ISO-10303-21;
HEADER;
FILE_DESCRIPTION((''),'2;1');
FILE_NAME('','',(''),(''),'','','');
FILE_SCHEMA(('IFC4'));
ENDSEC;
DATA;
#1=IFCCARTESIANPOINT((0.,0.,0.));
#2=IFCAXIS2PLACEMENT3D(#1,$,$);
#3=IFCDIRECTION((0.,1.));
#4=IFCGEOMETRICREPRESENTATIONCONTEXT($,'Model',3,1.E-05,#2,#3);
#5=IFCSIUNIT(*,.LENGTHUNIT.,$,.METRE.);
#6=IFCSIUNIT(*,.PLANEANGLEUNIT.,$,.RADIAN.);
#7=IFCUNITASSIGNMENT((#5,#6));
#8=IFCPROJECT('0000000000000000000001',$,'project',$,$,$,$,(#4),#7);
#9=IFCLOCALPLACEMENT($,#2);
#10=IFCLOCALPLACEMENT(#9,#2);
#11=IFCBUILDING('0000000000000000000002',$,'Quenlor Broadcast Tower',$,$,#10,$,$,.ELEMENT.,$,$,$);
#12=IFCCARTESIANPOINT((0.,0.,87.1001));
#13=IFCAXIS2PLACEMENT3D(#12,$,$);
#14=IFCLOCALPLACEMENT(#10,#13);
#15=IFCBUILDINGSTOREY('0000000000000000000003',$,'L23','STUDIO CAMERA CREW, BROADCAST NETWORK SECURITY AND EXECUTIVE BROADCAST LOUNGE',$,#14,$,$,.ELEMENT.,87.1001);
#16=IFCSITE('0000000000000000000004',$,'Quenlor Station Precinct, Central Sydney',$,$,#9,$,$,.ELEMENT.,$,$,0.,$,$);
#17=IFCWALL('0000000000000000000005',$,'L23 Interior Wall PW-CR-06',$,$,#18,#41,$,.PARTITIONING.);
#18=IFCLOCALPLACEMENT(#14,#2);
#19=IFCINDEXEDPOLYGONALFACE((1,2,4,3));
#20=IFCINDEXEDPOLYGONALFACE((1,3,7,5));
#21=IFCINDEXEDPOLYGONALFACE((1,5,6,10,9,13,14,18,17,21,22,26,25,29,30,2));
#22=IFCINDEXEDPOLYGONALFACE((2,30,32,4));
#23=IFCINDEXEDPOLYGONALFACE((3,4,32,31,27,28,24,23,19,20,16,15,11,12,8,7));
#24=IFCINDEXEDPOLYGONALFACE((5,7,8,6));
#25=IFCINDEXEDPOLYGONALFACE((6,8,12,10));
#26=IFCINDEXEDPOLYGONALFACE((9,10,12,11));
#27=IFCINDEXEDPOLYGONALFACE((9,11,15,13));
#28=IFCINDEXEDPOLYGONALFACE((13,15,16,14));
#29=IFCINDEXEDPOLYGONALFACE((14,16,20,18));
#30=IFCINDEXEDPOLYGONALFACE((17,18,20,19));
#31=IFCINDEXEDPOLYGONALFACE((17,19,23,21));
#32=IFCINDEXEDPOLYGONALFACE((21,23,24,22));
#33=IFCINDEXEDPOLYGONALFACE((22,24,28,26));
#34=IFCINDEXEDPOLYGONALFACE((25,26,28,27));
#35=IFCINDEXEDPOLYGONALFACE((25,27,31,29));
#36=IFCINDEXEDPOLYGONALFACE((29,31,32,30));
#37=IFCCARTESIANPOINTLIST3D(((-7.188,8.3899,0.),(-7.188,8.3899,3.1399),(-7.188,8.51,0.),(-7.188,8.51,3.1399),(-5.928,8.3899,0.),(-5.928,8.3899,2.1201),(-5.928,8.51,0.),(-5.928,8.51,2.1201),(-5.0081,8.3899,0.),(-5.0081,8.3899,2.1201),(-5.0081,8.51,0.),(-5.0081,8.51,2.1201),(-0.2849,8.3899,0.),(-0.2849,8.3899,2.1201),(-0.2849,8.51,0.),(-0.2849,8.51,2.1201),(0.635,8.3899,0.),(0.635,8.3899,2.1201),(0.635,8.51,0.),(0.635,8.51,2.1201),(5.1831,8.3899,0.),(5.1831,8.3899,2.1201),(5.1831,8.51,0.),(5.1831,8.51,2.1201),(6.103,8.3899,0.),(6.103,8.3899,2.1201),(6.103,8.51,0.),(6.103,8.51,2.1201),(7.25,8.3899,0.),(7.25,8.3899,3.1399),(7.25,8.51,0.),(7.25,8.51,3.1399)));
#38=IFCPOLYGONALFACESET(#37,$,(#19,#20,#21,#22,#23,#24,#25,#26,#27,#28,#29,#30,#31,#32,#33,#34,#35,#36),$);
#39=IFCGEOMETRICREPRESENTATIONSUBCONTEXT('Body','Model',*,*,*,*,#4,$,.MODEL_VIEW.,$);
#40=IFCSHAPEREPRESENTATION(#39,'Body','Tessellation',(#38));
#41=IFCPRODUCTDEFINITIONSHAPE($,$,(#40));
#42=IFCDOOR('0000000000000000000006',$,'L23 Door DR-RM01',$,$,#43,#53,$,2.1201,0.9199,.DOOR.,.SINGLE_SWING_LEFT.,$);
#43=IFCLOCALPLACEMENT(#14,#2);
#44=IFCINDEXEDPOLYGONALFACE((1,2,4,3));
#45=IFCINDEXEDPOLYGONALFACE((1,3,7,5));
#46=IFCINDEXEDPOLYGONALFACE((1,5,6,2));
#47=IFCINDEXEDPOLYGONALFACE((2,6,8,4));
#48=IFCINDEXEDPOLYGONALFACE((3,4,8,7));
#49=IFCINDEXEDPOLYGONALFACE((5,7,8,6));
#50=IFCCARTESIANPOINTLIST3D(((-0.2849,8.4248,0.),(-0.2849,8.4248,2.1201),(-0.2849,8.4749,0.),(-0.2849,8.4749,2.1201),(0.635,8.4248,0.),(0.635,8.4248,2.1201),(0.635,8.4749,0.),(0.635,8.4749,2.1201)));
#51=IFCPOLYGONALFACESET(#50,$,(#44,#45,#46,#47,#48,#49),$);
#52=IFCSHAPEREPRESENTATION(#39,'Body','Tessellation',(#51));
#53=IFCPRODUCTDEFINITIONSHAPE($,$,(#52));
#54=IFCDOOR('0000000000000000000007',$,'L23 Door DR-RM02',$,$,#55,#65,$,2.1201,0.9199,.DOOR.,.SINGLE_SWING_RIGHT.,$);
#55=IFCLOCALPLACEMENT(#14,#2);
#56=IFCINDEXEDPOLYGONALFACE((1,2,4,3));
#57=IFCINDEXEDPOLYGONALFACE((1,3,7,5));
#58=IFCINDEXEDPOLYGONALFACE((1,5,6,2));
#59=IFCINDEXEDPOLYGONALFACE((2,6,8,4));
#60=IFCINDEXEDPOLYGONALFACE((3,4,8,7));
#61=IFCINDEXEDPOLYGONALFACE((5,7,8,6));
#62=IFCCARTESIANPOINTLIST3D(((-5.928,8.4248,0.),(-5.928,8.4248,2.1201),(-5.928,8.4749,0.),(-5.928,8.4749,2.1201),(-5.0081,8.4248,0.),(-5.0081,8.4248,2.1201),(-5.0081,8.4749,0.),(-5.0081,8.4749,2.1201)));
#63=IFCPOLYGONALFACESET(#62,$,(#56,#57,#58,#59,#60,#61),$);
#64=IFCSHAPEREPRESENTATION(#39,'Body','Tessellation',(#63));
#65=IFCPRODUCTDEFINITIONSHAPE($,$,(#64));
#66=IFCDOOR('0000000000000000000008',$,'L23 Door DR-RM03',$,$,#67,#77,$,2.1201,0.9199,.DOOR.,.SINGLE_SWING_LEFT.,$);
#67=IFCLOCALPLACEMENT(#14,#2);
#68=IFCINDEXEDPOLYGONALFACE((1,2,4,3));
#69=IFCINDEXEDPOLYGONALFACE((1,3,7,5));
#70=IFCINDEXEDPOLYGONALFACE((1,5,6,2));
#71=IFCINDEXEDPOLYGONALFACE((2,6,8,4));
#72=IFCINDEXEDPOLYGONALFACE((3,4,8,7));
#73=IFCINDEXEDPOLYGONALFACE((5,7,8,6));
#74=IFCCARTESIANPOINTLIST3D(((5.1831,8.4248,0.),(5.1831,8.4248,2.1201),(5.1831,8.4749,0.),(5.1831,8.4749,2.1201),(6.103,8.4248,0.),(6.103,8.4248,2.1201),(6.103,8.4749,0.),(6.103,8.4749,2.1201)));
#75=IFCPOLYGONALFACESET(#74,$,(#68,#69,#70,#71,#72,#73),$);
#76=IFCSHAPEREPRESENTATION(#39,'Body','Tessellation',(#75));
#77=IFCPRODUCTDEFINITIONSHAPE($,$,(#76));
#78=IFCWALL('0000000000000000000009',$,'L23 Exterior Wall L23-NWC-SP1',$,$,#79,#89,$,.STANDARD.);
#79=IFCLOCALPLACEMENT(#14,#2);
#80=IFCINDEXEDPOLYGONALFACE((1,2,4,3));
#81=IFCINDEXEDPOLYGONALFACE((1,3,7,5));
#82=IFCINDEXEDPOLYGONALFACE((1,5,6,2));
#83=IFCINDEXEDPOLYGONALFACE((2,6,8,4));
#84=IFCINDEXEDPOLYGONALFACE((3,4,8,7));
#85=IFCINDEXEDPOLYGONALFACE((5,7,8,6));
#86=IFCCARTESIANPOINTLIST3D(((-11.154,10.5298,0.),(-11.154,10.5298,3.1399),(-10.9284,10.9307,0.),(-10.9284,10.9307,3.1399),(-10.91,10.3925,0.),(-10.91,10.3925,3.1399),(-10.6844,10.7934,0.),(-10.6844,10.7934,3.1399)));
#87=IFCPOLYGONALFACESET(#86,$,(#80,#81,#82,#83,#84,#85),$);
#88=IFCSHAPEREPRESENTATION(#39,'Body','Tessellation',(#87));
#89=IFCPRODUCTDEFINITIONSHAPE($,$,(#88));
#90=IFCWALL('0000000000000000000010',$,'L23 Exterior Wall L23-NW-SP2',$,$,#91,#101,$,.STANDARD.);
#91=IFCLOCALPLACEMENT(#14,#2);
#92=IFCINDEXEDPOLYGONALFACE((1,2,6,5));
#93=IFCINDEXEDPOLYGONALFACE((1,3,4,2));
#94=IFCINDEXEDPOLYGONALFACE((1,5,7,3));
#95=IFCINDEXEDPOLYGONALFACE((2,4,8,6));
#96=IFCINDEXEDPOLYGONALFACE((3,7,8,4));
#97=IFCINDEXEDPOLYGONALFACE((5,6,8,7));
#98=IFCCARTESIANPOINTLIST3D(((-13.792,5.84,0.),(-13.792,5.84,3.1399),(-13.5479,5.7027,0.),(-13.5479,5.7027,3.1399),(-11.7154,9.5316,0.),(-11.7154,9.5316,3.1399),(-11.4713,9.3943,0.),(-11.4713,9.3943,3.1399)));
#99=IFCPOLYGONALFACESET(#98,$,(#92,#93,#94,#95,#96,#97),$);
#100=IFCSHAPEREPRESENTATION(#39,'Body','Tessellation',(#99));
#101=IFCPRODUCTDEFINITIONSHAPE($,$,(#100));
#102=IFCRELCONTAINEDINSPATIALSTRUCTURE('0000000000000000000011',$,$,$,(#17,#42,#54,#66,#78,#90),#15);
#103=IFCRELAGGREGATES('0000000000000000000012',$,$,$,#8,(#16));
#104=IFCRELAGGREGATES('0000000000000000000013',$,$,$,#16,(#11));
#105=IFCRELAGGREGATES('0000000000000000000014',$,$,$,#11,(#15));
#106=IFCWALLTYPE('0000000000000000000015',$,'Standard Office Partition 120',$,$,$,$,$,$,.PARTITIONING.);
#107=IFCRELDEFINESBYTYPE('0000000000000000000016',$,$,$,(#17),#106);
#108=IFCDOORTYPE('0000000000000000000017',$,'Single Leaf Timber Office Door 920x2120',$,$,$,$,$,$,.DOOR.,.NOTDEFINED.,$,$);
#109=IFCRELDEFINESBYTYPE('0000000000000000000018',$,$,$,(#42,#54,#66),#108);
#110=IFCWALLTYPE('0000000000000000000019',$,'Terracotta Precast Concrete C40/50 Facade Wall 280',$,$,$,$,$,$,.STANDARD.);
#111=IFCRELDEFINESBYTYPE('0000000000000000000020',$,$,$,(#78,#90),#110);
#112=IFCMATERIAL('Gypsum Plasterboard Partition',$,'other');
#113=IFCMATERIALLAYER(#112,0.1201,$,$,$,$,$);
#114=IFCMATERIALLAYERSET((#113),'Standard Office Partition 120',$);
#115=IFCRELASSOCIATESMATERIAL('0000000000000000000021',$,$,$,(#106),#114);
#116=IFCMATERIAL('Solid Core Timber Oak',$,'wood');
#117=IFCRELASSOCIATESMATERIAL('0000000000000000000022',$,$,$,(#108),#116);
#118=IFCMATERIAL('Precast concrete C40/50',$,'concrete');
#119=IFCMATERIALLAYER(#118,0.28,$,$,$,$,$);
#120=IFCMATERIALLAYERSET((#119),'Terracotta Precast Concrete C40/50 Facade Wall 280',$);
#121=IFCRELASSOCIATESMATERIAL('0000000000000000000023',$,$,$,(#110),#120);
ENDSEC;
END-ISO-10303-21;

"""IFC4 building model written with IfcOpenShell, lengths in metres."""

from ifc_helpers import new_model, si_unit, direction, frame, frame_2d, origin, place, context, subcontext, project, spatial, rectangle, extrude, material, layer, layer_set, type_object, element, fill, save


model = new_model("IFC4")

# Units and contexts
model_context = context("Model", 3, precision=1e-05, world=origin(), true_north=direction((0.0, 1.0)))
body_context = subcontext(model_context, "Body", "Model", "MODEL_VIEW")
ifc_project = project(units=[si_unit("LENGTHUNIT", "METRE"), si_unit("PLANEANGLEUNIT", "RADIAN")], contexts=[model_context])

# Site, building, storey
site_placement = place(None, origin())
site = spatial("IfcSite", under=ifc_project, at=site_placement, Name="Quenlor Station Precinct, Central Sydney", CompositionType="ELEMENT", RefElevation=0.0)
building_placement = place(site_placement, origin())
building = spatial("IfcBuilding", under=site, at=building_placement, Name="Quenlor Broadcast Tower", CompositionType="ELEMENT")
storey_placement = place(building_placement, frame((0.0, 0.0, 87.1001)))
storey = spatial("IfcBuildingStorey", under=building, at=storey_placement, Name="L23", Description="STUDIO CAMERA CREW, BROADCAST NETWORK SECURITY AND EXECUTIVE BROADCAST LOUNGE", CompositionType="ELEMENT", Elevation=87.1001)

# Shared definitions
ifc_material_1 = material(Name="Gypsum Plasterboard Partition", Category="other")
ifc_layer_1 = layer(ifc_material_1, 0.1201)
ifc_layer_set_1 = layer_set([ifc_layer_1], Name="Standard Office Partition 120")
wall_type_1 = type_object("IfcWallType", Name="Standard Office Partition 120", PredefinedType="PARTITIONING", material=ifc_layer_set_1)
ifc_material_2 = material(Name="Solid Core Timber Oak", Category="wood")
door_type = type_object("IfcDoorType", Name="Single Leaf Timber Office Door 920x2120", OperationType="NOTDEFINED", PredefinedType="DOOR", material=ifc_material_2)

# Wall, openings, doors
wall_1_placement = place(storey_placement, frame((-7.188, 8.45, 0.0), z_axis=(0.0, 0.0, 1.0), x_axis=(1.0, 0.0, 0.0)))
wall_1 = element("IfcWall", 1, at=wall_1_placement, inside=storey, type_object=wall_type_1, Name="L23 Interior Wall PW-CR-06", PredefinedType="PARTITIONING", context=body_context, shape_type="SweptSolid", body=[
    extrude(rectangle(XDim=14.438, YDim=0.1201, at=frame_2d((7.219, 0.0))), origin(), (0.0, 0.0, 1.0), 3.1399),
])
opening_1_placement = place(wall_1_placement, frame((6.9031, 0.0, 0.0)))
opening_1 = element("IfcOpeningElement", 2, at=opening_1_placement, cuts=wall_1, PredefinedType="OPENING", context=body_context, shape_type="SweptSolid", body=[
    extrude(rectangle(XDim=0.9199, YDim=2.1201, at=frame_2d((0.46, 1.0601))), frame((0.0, 0.0701, 0.0), z_axis=(0.0, -1.0, 0.0), x_axis=(1.0, 0.0, 0.0)), (0.0, 0.0, 1.0), 0.1401),
])
opening_2_placement = place(wall_1_placement, frame((1.26, 0.0, 0.0)))
opening_2 = element("IfcOpeningElement", 3, at=opening_2_placement, cuts=wall_1, PredefinedType="OPENING", context=body_context, shape_type="SweptSolid", body=[
    extrude(rectangle(XDim=0.9199, YDim=2.1201, at=frame_2d((0.46, 1.0601))), frame((0.0, 0.0701, 0.0), z_axis=(0.0, -1.0, 0.0), x_axis=(1.0, 0.0, 0.0)), (0.0, 0.0, 1.0), 0.1401),
])
opening_3_placement = place(wall_1_placement, frame((12.3711, 0.0, 0.0)))
opening_3 = element("IfcOpeningElement", 4, at=opening_3_placement, cuts=wall_1, PredefinedType="OPENING", context=body_context, shape_type="SweptSolid", body=[
    extrude(rectangle(XDim=0.9199, YDim=2.1201, at=frame_2d((0.46, 1.0601))), frame((0.0, 0.0701, 0.0), z_axis=(0.0, -1.0, 0.0), x_axis=(1.0, 0.0, 0.0)), (0.0, 0.0, 1.0), 0.1401),
])
door_1_placement = place(opening_1_placement, origin())
door_1 = element("IfcDoor", 5, at=door_1_placement, inside=storey, type_object=door_type, Name="L23 Door DR-RM01", OperationType="SINGLE_SWING_LEFT", OverallHeight=2.1201, OverallWidth=0.9199, PredefinedType="DOOR", context=body_context, shape_type="SweptSolid", body=[
    extrude(rectangle(XDim=0.9199, YDim=2.1201, at=frame_2d((0.46, 1.0601))), frame((0.0, 0.0249, 0.0), z_axis=(0.0, -1.0, 0.0), x_axis=(1.0, 0.0, 0.0)), (0.0, 0.0, 1.0), 0.05),
])
fill(opening_1, door_1)
door_2_placement = place(opening_2_placement, origin())
door_2 = element("IfcDoor", 6, at=door_2_placement, inside=storey, type_object=door_type, Name="L23 Door DR-RM02", OperationType="SINGLE_SWING_RIGHT", OverallHeight=2.1201, OverallWidth=0.9199, PredefinedType="DOOR", context=body_context, shape_type="SweptSolid", body=[
    extrude(rectangle(XDim=0.9199, YDim=2.1201, at=frame_2d((0.46, 1.0601))), frame((0.0, 0.0249, 0.0), z_axis=(0.0, -1.0, 0.0), x_axis=(1.0, 0.0, 0.0)), (0.0, 0.0, 1.0), 0.05),
])
fill(opening_2, door_2)
door_3_placement = place(opening_3_placement, origin())
door_3 = element("IfcDoor", 7, at=door_3_placement, inside=storey, type_object=door_type, Name="L23 Door DR-RM03", OperationType="SINGLE_SWING_LEFT", OverallHeight=2.1201, OverallWidth=0.9199, PredefinedType="DOOR", context=body_context, shape_type="SweptSolid", body=[
    extrude(rectangle(XDim=0.9199, YDim=2.1201, at=frame_2d((0.46, 1.0601))), frame((0.0, 0.0249, 0.0), z_axis=(0.0, -1.0, 0.0), x_axis=(1.0, 0.0, 0.0)), (0.0, 0.0, 1.0), 0.05),
])
fill(opening_3, door_3)

# Walls
ifc_material_3 = material(Name="Precast concrete C40/50", Category="concrete")
ifc_layer_2 = layer(ifc_material_3, 0.28)
ifc_layer_set_2 = layer_set([ifc_layer_2], Name="Terracotta Precast Concrete C40/50 Facade Wall 280")
wall_type_2 = type_object("IfcWallType", Name="Terracotta Precast Concrete C40/50 Facade Wall 280", PredefinedType="STANDARD", material=ifc_layer_set_2)
wall_2_placement = place(storey_placement, frame((-11.032, 10.4612, 0.0), z_axis=(0.0, 0.0, 1.0), x_axis=(0.490412, 0.87149, 0.0)))
element("IfcWall", 8, at=wall_2_placement, inside=storey, type_object=wall_type_2, Name="L23 Exterior Wall L23-NWC-SP1", PredefinedType="STANDARD", context=body_context, shape_type="SweptSolid", body=[
    extrude(rectangle(XDim=0.46, YDim=0.28, at=frame_2d((0.23, 0.0))), origin(), (0.0, 0.0, 1.0), 3.1399),
])
wall_3_placement = place(storey_placement, frame((-13.6699, 5.7715, 0.0), z_axis=(0.0, 0.0, 1.0), x_axis=(0.49028, 0.871565, 0.0)))
element("IfcWall", 9, at=wall_3_placement, inside=storey, type_object=wall_type_2, Name="L23 Exterior Wall L23-NW-SP2", PredefinedType="STANDARD", context=body_context, shape_type="SweptSolid", body=[
    extrude(rectangle(XDim=4.2356, YDim=0.28, at=frame_2d((2.1177, 0.0))), origin(), (0.0, 0.0, 1.0), 3.1399),
])

save(model, "model.ifc")
